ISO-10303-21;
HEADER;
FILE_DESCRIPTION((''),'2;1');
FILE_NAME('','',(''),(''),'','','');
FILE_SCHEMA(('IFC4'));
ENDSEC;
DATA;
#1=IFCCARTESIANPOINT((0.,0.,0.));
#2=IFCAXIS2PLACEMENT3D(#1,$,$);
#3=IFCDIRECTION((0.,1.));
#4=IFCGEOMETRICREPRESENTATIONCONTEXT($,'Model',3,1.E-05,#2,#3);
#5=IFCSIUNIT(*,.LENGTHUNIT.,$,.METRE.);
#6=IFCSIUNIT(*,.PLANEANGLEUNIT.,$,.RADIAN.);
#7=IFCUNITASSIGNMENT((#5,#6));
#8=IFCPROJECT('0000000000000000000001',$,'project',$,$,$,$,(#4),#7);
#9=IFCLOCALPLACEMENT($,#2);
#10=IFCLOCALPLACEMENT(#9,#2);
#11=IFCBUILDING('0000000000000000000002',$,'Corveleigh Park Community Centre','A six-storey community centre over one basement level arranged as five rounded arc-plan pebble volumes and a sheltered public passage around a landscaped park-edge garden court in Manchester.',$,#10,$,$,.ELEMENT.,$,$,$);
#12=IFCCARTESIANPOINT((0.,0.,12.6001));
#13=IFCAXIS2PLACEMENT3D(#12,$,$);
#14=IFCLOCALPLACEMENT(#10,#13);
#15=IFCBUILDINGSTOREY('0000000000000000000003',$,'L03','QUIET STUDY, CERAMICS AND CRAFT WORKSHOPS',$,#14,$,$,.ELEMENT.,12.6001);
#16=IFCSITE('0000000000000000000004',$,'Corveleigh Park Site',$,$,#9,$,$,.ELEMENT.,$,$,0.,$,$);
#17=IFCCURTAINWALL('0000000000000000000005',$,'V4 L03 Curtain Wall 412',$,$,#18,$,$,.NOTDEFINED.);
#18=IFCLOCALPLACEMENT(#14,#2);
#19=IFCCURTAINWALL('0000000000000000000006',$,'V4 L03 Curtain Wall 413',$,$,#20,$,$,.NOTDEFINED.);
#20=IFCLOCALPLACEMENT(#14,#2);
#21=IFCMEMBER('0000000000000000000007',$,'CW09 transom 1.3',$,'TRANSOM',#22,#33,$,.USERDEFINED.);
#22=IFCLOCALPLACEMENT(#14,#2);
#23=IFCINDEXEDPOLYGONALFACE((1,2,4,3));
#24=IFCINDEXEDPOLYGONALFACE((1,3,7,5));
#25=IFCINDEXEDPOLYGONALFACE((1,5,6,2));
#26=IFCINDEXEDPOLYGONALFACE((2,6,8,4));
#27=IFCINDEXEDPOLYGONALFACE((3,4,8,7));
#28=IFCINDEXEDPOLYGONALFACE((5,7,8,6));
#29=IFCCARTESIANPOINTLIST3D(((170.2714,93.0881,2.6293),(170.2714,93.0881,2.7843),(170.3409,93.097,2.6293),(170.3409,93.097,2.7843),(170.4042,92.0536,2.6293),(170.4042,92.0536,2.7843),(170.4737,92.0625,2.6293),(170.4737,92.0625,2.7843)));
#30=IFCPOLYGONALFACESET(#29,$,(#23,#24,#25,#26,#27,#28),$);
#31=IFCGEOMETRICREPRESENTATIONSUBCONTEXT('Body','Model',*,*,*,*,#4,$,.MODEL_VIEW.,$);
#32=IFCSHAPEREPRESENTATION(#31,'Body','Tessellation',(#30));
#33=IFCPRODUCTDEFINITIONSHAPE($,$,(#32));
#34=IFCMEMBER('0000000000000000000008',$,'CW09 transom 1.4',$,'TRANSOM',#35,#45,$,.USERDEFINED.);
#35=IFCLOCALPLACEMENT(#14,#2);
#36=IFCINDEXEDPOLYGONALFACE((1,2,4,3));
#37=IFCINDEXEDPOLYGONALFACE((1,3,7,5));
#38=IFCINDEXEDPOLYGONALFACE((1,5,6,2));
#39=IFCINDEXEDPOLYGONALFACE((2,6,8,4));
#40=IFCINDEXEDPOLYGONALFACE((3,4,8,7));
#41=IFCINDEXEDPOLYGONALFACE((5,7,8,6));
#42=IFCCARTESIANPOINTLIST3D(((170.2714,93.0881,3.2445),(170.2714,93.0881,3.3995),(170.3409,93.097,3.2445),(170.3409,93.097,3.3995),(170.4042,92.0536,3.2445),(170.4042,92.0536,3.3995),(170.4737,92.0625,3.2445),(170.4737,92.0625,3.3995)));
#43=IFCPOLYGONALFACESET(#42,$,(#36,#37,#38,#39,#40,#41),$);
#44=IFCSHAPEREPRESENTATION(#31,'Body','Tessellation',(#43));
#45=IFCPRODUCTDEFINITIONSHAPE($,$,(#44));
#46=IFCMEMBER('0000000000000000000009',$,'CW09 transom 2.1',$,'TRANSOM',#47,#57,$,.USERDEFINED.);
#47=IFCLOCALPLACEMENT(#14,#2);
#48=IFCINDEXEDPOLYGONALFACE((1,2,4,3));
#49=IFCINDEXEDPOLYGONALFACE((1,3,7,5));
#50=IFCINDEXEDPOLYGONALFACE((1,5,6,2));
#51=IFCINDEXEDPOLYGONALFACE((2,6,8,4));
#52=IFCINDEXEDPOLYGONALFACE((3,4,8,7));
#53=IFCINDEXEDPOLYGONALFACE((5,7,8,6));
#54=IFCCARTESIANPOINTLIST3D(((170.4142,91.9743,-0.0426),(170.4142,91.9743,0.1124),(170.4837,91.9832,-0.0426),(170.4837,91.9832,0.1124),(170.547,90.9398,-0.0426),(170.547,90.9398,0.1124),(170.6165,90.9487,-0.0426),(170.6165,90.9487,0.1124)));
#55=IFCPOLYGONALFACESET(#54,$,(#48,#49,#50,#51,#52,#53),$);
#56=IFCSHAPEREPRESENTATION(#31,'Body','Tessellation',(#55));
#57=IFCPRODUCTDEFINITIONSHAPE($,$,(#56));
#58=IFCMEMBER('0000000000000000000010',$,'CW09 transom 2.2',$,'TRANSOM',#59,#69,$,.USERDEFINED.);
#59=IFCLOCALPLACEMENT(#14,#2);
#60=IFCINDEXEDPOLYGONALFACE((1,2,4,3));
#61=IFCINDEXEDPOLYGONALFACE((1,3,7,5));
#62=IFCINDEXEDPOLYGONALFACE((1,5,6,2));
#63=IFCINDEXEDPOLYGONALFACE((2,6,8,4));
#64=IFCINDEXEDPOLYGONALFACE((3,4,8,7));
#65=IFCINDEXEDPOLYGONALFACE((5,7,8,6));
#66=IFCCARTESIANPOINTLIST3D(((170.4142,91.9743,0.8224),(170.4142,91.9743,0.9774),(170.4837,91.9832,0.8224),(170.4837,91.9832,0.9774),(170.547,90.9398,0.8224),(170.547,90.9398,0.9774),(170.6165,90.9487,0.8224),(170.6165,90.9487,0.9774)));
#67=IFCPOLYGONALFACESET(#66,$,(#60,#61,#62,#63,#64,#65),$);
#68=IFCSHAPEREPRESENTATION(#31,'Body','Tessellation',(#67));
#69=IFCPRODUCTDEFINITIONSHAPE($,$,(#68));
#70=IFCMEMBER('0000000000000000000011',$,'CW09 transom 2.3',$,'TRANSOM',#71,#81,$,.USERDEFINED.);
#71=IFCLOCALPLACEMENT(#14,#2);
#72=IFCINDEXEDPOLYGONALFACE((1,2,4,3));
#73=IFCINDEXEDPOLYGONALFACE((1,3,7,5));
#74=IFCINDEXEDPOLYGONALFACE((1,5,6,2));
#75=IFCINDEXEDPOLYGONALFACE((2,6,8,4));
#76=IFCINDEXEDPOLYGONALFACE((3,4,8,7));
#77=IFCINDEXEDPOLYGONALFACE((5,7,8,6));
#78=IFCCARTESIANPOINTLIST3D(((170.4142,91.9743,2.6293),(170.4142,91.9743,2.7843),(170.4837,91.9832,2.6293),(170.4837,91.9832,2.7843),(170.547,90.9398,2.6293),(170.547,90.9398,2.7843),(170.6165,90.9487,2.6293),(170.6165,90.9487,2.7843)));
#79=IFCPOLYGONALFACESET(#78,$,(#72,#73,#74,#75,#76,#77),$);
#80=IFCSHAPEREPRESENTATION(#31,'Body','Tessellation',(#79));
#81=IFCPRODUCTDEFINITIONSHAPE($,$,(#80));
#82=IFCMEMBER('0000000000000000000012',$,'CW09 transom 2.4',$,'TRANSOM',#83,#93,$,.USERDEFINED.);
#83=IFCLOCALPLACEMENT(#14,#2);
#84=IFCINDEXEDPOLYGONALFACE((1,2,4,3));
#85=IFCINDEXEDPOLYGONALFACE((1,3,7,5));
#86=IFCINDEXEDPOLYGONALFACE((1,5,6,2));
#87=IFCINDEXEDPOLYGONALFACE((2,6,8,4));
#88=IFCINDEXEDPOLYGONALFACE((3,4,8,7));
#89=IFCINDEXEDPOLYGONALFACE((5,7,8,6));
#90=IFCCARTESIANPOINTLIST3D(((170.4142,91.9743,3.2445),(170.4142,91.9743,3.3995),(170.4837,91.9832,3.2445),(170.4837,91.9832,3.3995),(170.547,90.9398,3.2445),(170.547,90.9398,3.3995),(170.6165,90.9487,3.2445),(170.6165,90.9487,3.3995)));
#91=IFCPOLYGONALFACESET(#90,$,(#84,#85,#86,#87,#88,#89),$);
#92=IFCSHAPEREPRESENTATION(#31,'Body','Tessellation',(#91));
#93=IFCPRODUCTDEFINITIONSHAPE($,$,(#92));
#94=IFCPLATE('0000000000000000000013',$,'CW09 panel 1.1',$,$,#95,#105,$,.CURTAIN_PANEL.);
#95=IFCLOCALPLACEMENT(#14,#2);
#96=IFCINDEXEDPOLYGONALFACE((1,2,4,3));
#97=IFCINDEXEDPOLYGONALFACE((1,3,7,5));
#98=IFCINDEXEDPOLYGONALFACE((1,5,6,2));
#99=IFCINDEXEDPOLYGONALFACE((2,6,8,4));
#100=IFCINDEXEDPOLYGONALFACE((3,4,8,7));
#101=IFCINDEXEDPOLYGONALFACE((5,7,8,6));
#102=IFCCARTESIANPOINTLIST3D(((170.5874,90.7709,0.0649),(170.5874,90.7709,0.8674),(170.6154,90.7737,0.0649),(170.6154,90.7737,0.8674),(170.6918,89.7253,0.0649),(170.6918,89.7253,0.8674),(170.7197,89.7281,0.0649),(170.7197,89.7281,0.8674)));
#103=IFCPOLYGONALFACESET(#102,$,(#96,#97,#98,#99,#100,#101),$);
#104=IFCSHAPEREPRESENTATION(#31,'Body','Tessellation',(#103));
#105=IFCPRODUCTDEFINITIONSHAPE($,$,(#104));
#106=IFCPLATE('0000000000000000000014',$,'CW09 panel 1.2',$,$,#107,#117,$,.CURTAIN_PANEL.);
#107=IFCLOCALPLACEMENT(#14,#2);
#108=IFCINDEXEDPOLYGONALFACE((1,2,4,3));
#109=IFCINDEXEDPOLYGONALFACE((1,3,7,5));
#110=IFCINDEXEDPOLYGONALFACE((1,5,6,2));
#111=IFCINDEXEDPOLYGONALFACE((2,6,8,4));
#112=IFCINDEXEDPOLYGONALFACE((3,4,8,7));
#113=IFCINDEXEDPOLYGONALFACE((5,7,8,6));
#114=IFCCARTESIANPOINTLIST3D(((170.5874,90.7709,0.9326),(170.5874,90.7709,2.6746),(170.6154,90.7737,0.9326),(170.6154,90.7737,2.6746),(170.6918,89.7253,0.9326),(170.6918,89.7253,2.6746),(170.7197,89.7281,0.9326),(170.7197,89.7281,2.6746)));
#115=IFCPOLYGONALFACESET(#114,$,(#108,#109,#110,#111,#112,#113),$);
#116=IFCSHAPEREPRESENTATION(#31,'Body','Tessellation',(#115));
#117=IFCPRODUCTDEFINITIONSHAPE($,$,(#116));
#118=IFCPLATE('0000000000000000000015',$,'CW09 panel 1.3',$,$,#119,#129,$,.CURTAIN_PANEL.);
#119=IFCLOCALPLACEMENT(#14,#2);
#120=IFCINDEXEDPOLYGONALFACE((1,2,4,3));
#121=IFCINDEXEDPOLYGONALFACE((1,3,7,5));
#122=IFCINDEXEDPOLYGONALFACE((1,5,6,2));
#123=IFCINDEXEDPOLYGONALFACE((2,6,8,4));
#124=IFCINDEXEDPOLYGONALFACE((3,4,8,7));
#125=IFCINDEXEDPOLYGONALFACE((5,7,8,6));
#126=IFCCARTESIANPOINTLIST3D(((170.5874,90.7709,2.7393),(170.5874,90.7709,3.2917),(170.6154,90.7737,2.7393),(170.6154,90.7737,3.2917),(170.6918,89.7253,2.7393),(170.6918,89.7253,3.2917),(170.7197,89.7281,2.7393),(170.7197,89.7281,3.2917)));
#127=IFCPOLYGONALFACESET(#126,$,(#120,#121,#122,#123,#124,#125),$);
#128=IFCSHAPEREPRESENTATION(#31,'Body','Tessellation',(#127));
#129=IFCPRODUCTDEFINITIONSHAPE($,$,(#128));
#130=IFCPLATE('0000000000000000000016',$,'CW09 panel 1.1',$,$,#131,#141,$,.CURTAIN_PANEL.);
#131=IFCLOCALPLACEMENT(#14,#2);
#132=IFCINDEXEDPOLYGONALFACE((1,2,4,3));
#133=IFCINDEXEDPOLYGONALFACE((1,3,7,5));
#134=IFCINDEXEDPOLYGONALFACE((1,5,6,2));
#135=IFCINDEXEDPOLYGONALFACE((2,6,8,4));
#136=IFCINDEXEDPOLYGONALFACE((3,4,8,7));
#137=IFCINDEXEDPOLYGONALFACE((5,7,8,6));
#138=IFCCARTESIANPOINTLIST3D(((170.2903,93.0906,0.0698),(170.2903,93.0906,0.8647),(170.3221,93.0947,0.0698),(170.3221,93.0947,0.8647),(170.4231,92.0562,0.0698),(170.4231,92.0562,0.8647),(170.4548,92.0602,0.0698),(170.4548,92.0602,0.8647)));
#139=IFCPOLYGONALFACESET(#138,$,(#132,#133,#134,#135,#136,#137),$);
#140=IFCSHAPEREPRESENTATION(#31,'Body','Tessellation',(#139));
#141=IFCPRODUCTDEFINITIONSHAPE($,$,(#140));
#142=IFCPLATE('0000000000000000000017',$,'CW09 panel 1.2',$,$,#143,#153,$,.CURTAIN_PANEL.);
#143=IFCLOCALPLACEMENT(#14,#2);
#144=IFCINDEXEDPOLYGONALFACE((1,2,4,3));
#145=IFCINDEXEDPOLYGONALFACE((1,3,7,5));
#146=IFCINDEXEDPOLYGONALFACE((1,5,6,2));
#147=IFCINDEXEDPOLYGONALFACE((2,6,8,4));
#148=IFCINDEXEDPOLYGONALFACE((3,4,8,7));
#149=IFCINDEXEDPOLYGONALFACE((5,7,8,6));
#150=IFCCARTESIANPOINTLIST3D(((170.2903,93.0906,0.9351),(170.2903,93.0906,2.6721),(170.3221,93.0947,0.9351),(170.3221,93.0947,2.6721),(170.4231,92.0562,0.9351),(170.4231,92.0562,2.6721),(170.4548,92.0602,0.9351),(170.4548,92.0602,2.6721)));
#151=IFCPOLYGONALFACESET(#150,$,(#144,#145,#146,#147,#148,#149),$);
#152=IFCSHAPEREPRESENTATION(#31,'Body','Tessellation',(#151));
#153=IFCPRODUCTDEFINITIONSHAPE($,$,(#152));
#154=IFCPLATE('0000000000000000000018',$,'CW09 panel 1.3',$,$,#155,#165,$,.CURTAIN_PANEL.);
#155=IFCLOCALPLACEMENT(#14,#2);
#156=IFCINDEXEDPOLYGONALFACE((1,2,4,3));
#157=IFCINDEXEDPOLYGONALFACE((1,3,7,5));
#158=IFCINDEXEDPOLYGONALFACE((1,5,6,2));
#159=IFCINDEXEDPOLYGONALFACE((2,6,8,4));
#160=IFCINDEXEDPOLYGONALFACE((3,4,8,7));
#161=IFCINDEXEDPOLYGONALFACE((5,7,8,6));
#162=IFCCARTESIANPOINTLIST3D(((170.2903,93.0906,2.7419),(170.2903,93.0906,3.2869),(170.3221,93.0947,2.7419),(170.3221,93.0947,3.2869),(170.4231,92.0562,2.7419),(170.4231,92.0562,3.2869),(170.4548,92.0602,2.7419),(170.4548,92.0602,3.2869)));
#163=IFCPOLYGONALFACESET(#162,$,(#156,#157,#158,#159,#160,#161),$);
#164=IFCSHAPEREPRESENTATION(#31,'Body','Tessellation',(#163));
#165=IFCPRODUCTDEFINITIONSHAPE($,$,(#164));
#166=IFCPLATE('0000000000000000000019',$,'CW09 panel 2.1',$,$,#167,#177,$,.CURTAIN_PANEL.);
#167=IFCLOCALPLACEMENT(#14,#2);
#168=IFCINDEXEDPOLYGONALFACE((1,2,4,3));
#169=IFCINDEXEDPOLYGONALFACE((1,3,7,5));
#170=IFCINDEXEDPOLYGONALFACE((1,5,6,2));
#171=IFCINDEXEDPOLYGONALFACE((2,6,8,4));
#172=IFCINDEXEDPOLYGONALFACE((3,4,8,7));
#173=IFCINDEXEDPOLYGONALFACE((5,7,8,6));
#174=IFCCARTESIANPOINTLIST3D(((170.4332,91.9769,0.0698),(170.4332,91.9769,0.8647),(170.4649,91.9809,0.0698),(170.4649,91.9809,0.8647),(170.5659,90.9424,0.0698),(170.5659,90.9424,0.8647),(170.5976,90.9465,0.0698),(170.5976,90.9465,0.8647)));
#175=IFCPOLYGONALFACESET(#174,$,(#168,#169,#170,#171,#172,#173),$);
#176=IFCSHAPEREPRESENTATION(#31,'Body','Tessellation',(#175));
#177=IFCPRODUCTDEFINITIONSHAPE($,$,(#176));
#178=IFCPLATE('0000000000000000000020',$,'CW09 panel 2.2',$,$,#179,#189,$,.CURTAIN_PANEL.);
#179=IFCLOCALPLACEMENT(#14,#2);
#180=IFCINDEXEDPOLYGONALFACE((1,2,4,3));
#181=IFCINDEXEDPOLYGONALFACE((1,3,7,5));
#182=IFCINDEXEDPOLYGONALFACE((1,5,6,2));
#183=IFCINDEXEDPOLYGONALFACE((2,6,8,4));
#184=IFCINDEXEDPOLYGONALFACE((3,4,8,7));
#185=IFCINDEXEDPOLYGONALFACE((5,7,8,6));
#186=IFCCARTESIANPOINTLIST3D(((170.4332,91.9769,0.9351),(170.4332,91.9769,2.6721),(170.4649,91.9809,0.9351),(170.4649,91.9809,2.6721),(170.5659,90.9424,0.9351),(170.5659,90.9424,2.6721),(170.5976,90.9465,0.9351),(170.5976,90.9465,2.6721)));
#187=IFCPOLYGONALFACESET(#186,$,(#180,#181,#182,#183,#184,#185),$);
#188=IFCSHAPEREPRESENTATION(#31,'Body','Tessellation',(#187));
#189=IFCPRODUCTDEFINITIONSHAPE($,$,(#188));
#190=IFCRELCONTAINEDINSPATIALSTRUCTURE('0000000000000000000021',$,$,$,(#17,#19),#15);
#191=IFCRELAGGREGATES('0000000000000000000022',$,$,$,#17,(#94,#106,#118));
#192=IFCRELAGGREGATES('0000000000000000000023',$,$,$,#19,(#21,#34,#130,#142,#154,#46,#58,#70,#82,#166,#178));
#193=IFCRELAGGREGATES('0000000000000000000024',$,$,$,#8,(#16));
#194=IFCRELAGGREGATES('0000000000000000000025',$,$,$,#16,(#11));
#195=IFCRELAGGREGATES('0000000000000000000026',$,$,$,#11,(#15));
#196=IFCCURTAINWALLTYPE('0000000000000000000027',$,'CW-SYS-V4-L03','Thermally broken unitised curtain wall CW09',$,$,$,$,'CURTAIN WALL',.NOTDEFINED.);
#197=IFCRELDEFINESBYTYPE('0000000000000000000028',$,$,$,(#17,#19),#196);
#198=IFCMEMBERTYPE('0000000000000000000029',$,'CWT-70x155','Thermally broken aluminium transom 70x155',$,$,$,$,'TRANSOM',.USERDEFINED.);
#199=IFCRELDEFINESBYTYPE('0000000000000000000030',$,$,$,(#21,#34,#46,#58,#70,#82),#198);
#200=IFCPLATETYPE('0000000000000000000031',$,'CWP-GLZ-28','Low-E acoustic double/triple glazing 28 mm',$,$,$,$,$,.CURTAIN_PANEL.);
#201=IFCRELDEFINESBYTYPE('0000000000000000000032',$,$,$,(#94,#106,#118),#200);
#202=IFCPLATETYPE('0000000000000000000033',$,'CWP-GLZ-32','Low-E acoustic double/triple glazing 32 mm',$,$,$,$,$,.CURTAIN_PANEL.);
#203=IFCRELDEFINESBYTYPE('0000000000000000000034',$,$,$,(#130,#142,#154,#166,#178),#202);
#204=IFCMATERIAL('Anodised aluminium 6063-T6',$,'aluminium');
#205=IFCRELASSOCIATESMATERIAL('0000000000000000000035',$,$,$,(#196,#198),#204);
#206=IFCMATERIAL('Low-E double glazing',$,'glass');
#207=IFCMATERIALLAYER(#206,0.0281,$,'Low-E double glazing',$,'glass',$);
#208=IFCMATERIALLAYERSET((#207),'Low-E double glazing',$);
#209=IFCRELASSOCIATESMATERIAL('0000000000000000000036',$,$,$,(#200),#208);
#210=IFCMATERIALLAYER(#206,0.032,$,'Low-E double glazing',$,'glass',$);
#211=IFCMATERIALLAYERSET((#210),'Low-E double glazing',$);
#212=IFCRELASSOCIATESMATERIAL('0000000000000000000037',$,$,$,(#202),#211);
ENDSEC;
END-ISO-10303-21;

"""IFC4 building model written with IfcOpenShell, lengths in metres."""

from ifc_helpers import new_model, si_unit, direction, frame, origin, origin_2d, place, context, subcontext, project, spatial, rectangle, extrude, material, layer, layer_set, material_profile, profile_set, type_object, element, aggregate, save


model = new_model("IFC4")

# Units and contexts
model_context = context("Model", 3, precision=1e-05, world=origin(), true_north=direction((0.0, 1.0)))
body_context = subcontext(model_context, "Body", "Model", "MODEL_VIEW")
ifc_project = project(units=[si_unit("LENGTHUNIT", "METRE"), si_unit("PLANEANGLEUNIT", "RADIAN")], contexts=[model_context])

# Site, building, storey
site_placement = place(None, origin())
site = spatial("IfcSite", under=ifc_project, at=site_placement, Name="Corveleigh Park Site", CompositionType="ELEMENT", RefElevation=0.0)
building_placement = place(site_placement, origin())
building = spatial("IfcBuilding", under=site, at=building_placement, Name="Corveleigh Park Community Centre", Description="A six-storey community centre over one basement level arranged as five rounded arc-plan pebble volumes and a sheltered public passage around a landscaped park-edge garden court in Manchester.", CompositionType="ELEMENT")
storey_placement = place(building_placement, frame((0.0, 0.0, 12.6001)))
storey = spatial("IfcBuildingStorey", under=building, at=storey_placement, Name="L03", Description="QUIET STUDY, CERAMICS AND CRAFT WORKSHOPS", CompositionType="ELEMENT", Elevation=12.6001)

# Curtain walls
ifc_material_1 = material(Name="Anodised aluminium 6063-T6", Category="aluminium")
curtain_wall_type = type_object("IfcCurtainWallType", Name="CW-SYS-V4-L03", Description="Thermally broken unitised curtain wall CW09", ElementType="CURTAIN WALL", PredefinedType="NOTDEFINED", material=ifc_material_1)
curtain_wall_1_placement = place(storey_placement, origin())
curtain_wall_1 = element("IfcCurtainWall", 1, at=curtain_wall_1_placement, inside=storey, type_object=curtain_wall_type, Name="V4 L03 Curtain Wall 412", PredefinedType="NOTDEFINED")
curtain_wall_2_placement = place(storey_placement, origin())
curtain_wall_2 = element("IfcCurtainWall", 2, at=curtain_wall_2_placement, inside=storey, type_object=curtain_wall_type, Name="V4 L03 Curtain Wall 413", PredefinedType="NOTDEFINED")

# Members
ifc_material_profile_1 = material_profile(ifc_material_1, rectangle(XDim=0.0701, YDim=0.155, at=origin_2d()), Name="ALU-T70x155", Category="aluminium")
ifc_profile_set_1 = profile_set([ifc_material_profile_1], Name="Anodised aluminium 6063-T6")
member_type_1 = type_object("IfcMemberType", Name="CWT-70x155", Description="Thermally broken aluminium transom 70x155", ElementType="TRANSOM", PredefinedType="USERDEFINED", material=ifc_profile_set_1)
member_1_placement = place(storey_placement, frame((170.3062, 93.0925, 2.7068), z_axis=(0.127347, -0.991858, 0.0), x_axis=(0.991858, 0.127347, 0.0)))
member_1 = element("IfcMember", 3, at=member_1_placement, type_object=member_type_1, Name="CW09 transom 1.3", ObjectType="TRANSOM", PredefinedType="USERDEFINED", context=body_context, shape_type="SweptSolid", body=[
    extrude(rectangle(XDim=0.0701, YDim=0.155, at=origin_2d()), origin(), (0.0, 0.0, 1.0), 1.043),
])
member_2_placement = place(storey_placement, frame((170.3062, 93.0925, 3.322), z_axis=(0.127347, -0.991858, 0.0), x_axis=(0.991858, 0.127347, 0.0)))
member_2 = element("IfcMember", 4, at=member_2_placement, type_object=member_type_1, Name="CW09 transom 1.4", ObjectType="TRANSOM", PredefinedType="USERDEFINED", context=body_context, shape_type="SweptSolid", body=[
    extrude(rectangle(XDim=0.0701, YDim=0.155, at=origin_2d()), origin(), (0.0, 0.0, 1.0), 1.043),
])
member_3_placement = place(storey_placement, frame((170.449, 91.9788, 0.0349), z_axis=(0.127347, -0.991858, 0.0), x_axis=(0.991858, 0.127347, 0.0)))
member_3 = element("IfcMember", 5, at=member_3_placement, type_object=member_type_1, Name="CW09 transom 2.1", ObjectType="TRANSOM", PredefinedType="USERDEFINED", context=body_context, shape_type="SweptSolid", body=[
    extrude(rectangle(XDim=0.0701, YDim=0.155, at=origin_2d()), origin(), (0.0, 0.0, 1.0), 1.043),
])
member_4_placement = place(storey_placement, frame((170.449, 91.9788, 0.8999), z_axis=(0.127347, -0.991858, 0.0), x_axis=(0.991858, 0.127347, 0.0)))
member_4 = element("IfcMember", 6, at=member_4_placement, type_object=member_type_1, Name="CW09 transom 2.2", ObjectType="TRANSOM", PredefinedType="USERDEFINED", context=body_context, shape_type="SweptSolid", body=[
    extrude(rectangle(XDim=0.0701, YDim=0.155, at=origin_2d()), origin(), (0.0, 0.0, 1.0), 1.043),
])
member_5_placement = place(storey_placement, frame((170.449, 91.9788, 2.7068), z_axis=(0.127347, -0.991858, 0.0), x_axis=(0.991858, 0.127347, 0.0)))
member_5 = element("IfcMember", 7, at=member_5_placement, type_object=member_type_1, Name="CW09 transom 2.3", ObjectType="TRANSOM", PredefinedType="USERDEFINED", context=body_context, shape_type="SweptSolid", body=[
    extrude(rectangle(XDim=0.0701, YDim=0.155, at=origin_2d()), origin(), (0.0, 0.0, 1.0), 1.043),
])
member_6_placement = place(storey_placement, frame((170.449, 91.9788, 3.322), z_axis=(0.127347, -0.991858, 0.0), x_axis=(0.991858, 0.127347, 0.0)))
member_6 = element("IfcMember", 8, at=member_6_placement, type_object=member_type_1, Name="CW09 transom 2.4", ObjectType="TRANSOM", PredefinedType="USERDEFINED", context=body_context, shape_type="SweptSolid", body=[
    extrude(rectangle(XDim=0.0701, YDim=0.155, at=origin_2d()), origin(), (0.0, 0.0, 1.0), 1.043),
])

# Plates
ifc_material_2 = material(Name="Low-E double glazing", Category="glass")
ifc_layer_1 = layer(ifc_material_2, 0.0281, Name="Low-E double glazing", Category="glass")
ifc_layer_set_1 = layer_set([ifc_layer_1], Name="Low-E double glazing")
plate_type_1 = type_object("IfcPlateType", Name="CWP-GLZ-28", Description="Low-E acoustic double/triple glazing 28 mm", PredefinedType="CURTAIN_PANEL", material=ifc_layer_set_1)
plate_1_placement = place(storey_placement, frame((170.6536, 90.2495, 0.0649), z_axis=(0.0, 0.0, 1.0), x_axis=(0.099291, -0.995058, 0.0)))
plate_1 = element("IfcPlate", 9, at=plate_1_placement, type_object=plate_type_1, Name="CW09 panel 1.1", PredefinedType="CURTAIN_PANEL", context=body_context, shape_type="SweptSolid", body=[
    extrude(rectangle(XDim=1.0508, YDim=0.0281, at=origin_2d()), origin(), (0.0, 0.0, 1.0), 0.8025),
])
plate_2_placement = place(storey_placement, frame((170.6536, 90.2495, 0.9326), z_axis=(0.0, 0.0, 1.0), x_axis=(0.099291, -0.995058, 0.0)))
plate_2 = element("IfcPlate", 10, at=plate_2_placement, type_object=plate_type_1, Name="CW09 panel 1.2", PredefinedType="CURTAIN_PANEL", context=body_context, shape_type="SweptSolid", body=[
    extrude(rectangle(XDim=1.0508, YDim=0.0281, at=origin_2d()), origin(), (0.0, 0.0, 1.0), 1.7419),
])
plate_3_placement = place(storey_placement, frame((170.6536, 90.2495, 2.7393), z_axis=(0.0, 0.0, 1.0), x_axis=(0.099291, -0.995058, 0.0)))
plate_3 = element("IfcPlate", 11, at=plate_3_placement, type_object=plate_type_1, Name="CW09 panel 1.3", PredefinedType="CURTAIN_PANEL", context=body_context, shape_type="SweptSolid", body=[
    extrude(rectangle(XDim=1.0508, YDim=0.0281, at=origin_2d()), origin(), (0.0, 0.0, 1.0), 0.5525),
])
aggregate(curtain_wall_1, [plate_1, plate_2, plate_3])
ifc_layer_2 = layer(ifc_material_2, 0.032, Name="Low-E double glazing", Category="glass")
ifc_layer_set_2 = layer_set([ifc_layer_2], Name="Low-E double glazing")
plate_type_2 = type_object("IfcPlateType", Name="CWP-GLZ-32", Description="Low-E acoustic double/triple glazing 32 mm", PredefinedType="CURTAIN_PANEL", material=ifc_layer_set_2)
plate_4_placement = place(storey_placement, frame((170.3726, 92.5754, 0.0698), z_axis=(0.0, 0.0, 1.0), x_axis=(0.127262, -0.991869, 0.0)))
plate_4 = element("IfcPlate", 12, at=plate_4_placement, type_object=plate_type_2, Name="CW09 panel 1.1", PredefinedType="CURTAIN_PANEL", context=body_context, shape_type="SweptSolid", body=[
    extrude(rectangle(XDim=1.043, YDim=0.032, at=origin_2d()), origin(), (0.0, 0.0, 1.0), 0.7949),
])
plate_5_placement = place(storey_placement, frame((170.3726, 92.5754, 0.9351), z_axis=(0.0, 0.0, 1.0), x_axis=(0.127262, -0.991869, 0.0)))
plate_5 = element("IfcPlate", 13, at=plate_5_placement, type_object=plate_type_2, Name="CW09 panel 1.2", PredefinedType="CURTAIN_PANEL", context=body_context, shape_type="SweptSolid", body=[
    extrude(rectangle(XDim=1.043, YDim=0.032, at=origin_2d()), origin(), (0.0, 0.0, 1.0), 1.7371),
])
plate_6_placement = place(storey_placement, frame((170.3726, 92.5754, 2.7419), z_axis=(0.0, 0.0, 1.0), x_axis=(0.127262, -0.991869, 0.0)))
plate_6 = element("IfcPlate", 14, at=plate_6_placement, type_object=plate_type_2, Name="CW09 panel 1.3", PredefinedType="CURTAIN_PANEL", context=body_context, shape_type="SweptSolid", body=[
    extrude(rectangle(XDim=1.043, YDim=0.032, at=origin_2d()), origin(), (0.0, 0.0, 1.0), 0.5449),
])
plate_7_placement = place(storey_placement, frame((170.5154, 91.4617, 0.0698), z_axis=(0.0, 0.0, 1.0), x_axis=(0.127262, -0.991869, 0.0)))
plate_7 = element("IfcPlate", 15, at=plate_7_placement, type_object=plate_type_2, Name="CW09 panel 2.1", PredefinedType="CURTAIN_PANEL", context=body_context, shape_type="SweptSolid", body=[
    extrude(rectangle(XDim=1.043, YDim=0.032, at=origin_2d()), origin(), (0.0, 0.0, 1.0), 0.7949),
])
plate_8_placement = place(storey_placement, frame((170.5154, 91.4617, 0.9351), z_axis=(0.0, 0.0, 1.0), x_axis=(0.127262, -0.991869, 0.0)))
plate_8 = element("IfcPlate", 16, at=plate_8_placement, type_object=plate_type_2, Name="CW09 panel 2.2", PredefinedType="CURTAIN_PANEL", context=body_context, shape_type="SweptSolid", body=[
    extrude(rectangle(XDim=1.043, YDim=0.032, at=origin_2d()), origin(), (0.0, 0.0, 1.0), 1.7371),
])
aggregate(curtain_wall_2, [member_1, member_2, plate_4, plate_5, plate_6, member_3, member_4, member_5, member_6, plate_7, plate_8])

save(model, "model.ifc")
